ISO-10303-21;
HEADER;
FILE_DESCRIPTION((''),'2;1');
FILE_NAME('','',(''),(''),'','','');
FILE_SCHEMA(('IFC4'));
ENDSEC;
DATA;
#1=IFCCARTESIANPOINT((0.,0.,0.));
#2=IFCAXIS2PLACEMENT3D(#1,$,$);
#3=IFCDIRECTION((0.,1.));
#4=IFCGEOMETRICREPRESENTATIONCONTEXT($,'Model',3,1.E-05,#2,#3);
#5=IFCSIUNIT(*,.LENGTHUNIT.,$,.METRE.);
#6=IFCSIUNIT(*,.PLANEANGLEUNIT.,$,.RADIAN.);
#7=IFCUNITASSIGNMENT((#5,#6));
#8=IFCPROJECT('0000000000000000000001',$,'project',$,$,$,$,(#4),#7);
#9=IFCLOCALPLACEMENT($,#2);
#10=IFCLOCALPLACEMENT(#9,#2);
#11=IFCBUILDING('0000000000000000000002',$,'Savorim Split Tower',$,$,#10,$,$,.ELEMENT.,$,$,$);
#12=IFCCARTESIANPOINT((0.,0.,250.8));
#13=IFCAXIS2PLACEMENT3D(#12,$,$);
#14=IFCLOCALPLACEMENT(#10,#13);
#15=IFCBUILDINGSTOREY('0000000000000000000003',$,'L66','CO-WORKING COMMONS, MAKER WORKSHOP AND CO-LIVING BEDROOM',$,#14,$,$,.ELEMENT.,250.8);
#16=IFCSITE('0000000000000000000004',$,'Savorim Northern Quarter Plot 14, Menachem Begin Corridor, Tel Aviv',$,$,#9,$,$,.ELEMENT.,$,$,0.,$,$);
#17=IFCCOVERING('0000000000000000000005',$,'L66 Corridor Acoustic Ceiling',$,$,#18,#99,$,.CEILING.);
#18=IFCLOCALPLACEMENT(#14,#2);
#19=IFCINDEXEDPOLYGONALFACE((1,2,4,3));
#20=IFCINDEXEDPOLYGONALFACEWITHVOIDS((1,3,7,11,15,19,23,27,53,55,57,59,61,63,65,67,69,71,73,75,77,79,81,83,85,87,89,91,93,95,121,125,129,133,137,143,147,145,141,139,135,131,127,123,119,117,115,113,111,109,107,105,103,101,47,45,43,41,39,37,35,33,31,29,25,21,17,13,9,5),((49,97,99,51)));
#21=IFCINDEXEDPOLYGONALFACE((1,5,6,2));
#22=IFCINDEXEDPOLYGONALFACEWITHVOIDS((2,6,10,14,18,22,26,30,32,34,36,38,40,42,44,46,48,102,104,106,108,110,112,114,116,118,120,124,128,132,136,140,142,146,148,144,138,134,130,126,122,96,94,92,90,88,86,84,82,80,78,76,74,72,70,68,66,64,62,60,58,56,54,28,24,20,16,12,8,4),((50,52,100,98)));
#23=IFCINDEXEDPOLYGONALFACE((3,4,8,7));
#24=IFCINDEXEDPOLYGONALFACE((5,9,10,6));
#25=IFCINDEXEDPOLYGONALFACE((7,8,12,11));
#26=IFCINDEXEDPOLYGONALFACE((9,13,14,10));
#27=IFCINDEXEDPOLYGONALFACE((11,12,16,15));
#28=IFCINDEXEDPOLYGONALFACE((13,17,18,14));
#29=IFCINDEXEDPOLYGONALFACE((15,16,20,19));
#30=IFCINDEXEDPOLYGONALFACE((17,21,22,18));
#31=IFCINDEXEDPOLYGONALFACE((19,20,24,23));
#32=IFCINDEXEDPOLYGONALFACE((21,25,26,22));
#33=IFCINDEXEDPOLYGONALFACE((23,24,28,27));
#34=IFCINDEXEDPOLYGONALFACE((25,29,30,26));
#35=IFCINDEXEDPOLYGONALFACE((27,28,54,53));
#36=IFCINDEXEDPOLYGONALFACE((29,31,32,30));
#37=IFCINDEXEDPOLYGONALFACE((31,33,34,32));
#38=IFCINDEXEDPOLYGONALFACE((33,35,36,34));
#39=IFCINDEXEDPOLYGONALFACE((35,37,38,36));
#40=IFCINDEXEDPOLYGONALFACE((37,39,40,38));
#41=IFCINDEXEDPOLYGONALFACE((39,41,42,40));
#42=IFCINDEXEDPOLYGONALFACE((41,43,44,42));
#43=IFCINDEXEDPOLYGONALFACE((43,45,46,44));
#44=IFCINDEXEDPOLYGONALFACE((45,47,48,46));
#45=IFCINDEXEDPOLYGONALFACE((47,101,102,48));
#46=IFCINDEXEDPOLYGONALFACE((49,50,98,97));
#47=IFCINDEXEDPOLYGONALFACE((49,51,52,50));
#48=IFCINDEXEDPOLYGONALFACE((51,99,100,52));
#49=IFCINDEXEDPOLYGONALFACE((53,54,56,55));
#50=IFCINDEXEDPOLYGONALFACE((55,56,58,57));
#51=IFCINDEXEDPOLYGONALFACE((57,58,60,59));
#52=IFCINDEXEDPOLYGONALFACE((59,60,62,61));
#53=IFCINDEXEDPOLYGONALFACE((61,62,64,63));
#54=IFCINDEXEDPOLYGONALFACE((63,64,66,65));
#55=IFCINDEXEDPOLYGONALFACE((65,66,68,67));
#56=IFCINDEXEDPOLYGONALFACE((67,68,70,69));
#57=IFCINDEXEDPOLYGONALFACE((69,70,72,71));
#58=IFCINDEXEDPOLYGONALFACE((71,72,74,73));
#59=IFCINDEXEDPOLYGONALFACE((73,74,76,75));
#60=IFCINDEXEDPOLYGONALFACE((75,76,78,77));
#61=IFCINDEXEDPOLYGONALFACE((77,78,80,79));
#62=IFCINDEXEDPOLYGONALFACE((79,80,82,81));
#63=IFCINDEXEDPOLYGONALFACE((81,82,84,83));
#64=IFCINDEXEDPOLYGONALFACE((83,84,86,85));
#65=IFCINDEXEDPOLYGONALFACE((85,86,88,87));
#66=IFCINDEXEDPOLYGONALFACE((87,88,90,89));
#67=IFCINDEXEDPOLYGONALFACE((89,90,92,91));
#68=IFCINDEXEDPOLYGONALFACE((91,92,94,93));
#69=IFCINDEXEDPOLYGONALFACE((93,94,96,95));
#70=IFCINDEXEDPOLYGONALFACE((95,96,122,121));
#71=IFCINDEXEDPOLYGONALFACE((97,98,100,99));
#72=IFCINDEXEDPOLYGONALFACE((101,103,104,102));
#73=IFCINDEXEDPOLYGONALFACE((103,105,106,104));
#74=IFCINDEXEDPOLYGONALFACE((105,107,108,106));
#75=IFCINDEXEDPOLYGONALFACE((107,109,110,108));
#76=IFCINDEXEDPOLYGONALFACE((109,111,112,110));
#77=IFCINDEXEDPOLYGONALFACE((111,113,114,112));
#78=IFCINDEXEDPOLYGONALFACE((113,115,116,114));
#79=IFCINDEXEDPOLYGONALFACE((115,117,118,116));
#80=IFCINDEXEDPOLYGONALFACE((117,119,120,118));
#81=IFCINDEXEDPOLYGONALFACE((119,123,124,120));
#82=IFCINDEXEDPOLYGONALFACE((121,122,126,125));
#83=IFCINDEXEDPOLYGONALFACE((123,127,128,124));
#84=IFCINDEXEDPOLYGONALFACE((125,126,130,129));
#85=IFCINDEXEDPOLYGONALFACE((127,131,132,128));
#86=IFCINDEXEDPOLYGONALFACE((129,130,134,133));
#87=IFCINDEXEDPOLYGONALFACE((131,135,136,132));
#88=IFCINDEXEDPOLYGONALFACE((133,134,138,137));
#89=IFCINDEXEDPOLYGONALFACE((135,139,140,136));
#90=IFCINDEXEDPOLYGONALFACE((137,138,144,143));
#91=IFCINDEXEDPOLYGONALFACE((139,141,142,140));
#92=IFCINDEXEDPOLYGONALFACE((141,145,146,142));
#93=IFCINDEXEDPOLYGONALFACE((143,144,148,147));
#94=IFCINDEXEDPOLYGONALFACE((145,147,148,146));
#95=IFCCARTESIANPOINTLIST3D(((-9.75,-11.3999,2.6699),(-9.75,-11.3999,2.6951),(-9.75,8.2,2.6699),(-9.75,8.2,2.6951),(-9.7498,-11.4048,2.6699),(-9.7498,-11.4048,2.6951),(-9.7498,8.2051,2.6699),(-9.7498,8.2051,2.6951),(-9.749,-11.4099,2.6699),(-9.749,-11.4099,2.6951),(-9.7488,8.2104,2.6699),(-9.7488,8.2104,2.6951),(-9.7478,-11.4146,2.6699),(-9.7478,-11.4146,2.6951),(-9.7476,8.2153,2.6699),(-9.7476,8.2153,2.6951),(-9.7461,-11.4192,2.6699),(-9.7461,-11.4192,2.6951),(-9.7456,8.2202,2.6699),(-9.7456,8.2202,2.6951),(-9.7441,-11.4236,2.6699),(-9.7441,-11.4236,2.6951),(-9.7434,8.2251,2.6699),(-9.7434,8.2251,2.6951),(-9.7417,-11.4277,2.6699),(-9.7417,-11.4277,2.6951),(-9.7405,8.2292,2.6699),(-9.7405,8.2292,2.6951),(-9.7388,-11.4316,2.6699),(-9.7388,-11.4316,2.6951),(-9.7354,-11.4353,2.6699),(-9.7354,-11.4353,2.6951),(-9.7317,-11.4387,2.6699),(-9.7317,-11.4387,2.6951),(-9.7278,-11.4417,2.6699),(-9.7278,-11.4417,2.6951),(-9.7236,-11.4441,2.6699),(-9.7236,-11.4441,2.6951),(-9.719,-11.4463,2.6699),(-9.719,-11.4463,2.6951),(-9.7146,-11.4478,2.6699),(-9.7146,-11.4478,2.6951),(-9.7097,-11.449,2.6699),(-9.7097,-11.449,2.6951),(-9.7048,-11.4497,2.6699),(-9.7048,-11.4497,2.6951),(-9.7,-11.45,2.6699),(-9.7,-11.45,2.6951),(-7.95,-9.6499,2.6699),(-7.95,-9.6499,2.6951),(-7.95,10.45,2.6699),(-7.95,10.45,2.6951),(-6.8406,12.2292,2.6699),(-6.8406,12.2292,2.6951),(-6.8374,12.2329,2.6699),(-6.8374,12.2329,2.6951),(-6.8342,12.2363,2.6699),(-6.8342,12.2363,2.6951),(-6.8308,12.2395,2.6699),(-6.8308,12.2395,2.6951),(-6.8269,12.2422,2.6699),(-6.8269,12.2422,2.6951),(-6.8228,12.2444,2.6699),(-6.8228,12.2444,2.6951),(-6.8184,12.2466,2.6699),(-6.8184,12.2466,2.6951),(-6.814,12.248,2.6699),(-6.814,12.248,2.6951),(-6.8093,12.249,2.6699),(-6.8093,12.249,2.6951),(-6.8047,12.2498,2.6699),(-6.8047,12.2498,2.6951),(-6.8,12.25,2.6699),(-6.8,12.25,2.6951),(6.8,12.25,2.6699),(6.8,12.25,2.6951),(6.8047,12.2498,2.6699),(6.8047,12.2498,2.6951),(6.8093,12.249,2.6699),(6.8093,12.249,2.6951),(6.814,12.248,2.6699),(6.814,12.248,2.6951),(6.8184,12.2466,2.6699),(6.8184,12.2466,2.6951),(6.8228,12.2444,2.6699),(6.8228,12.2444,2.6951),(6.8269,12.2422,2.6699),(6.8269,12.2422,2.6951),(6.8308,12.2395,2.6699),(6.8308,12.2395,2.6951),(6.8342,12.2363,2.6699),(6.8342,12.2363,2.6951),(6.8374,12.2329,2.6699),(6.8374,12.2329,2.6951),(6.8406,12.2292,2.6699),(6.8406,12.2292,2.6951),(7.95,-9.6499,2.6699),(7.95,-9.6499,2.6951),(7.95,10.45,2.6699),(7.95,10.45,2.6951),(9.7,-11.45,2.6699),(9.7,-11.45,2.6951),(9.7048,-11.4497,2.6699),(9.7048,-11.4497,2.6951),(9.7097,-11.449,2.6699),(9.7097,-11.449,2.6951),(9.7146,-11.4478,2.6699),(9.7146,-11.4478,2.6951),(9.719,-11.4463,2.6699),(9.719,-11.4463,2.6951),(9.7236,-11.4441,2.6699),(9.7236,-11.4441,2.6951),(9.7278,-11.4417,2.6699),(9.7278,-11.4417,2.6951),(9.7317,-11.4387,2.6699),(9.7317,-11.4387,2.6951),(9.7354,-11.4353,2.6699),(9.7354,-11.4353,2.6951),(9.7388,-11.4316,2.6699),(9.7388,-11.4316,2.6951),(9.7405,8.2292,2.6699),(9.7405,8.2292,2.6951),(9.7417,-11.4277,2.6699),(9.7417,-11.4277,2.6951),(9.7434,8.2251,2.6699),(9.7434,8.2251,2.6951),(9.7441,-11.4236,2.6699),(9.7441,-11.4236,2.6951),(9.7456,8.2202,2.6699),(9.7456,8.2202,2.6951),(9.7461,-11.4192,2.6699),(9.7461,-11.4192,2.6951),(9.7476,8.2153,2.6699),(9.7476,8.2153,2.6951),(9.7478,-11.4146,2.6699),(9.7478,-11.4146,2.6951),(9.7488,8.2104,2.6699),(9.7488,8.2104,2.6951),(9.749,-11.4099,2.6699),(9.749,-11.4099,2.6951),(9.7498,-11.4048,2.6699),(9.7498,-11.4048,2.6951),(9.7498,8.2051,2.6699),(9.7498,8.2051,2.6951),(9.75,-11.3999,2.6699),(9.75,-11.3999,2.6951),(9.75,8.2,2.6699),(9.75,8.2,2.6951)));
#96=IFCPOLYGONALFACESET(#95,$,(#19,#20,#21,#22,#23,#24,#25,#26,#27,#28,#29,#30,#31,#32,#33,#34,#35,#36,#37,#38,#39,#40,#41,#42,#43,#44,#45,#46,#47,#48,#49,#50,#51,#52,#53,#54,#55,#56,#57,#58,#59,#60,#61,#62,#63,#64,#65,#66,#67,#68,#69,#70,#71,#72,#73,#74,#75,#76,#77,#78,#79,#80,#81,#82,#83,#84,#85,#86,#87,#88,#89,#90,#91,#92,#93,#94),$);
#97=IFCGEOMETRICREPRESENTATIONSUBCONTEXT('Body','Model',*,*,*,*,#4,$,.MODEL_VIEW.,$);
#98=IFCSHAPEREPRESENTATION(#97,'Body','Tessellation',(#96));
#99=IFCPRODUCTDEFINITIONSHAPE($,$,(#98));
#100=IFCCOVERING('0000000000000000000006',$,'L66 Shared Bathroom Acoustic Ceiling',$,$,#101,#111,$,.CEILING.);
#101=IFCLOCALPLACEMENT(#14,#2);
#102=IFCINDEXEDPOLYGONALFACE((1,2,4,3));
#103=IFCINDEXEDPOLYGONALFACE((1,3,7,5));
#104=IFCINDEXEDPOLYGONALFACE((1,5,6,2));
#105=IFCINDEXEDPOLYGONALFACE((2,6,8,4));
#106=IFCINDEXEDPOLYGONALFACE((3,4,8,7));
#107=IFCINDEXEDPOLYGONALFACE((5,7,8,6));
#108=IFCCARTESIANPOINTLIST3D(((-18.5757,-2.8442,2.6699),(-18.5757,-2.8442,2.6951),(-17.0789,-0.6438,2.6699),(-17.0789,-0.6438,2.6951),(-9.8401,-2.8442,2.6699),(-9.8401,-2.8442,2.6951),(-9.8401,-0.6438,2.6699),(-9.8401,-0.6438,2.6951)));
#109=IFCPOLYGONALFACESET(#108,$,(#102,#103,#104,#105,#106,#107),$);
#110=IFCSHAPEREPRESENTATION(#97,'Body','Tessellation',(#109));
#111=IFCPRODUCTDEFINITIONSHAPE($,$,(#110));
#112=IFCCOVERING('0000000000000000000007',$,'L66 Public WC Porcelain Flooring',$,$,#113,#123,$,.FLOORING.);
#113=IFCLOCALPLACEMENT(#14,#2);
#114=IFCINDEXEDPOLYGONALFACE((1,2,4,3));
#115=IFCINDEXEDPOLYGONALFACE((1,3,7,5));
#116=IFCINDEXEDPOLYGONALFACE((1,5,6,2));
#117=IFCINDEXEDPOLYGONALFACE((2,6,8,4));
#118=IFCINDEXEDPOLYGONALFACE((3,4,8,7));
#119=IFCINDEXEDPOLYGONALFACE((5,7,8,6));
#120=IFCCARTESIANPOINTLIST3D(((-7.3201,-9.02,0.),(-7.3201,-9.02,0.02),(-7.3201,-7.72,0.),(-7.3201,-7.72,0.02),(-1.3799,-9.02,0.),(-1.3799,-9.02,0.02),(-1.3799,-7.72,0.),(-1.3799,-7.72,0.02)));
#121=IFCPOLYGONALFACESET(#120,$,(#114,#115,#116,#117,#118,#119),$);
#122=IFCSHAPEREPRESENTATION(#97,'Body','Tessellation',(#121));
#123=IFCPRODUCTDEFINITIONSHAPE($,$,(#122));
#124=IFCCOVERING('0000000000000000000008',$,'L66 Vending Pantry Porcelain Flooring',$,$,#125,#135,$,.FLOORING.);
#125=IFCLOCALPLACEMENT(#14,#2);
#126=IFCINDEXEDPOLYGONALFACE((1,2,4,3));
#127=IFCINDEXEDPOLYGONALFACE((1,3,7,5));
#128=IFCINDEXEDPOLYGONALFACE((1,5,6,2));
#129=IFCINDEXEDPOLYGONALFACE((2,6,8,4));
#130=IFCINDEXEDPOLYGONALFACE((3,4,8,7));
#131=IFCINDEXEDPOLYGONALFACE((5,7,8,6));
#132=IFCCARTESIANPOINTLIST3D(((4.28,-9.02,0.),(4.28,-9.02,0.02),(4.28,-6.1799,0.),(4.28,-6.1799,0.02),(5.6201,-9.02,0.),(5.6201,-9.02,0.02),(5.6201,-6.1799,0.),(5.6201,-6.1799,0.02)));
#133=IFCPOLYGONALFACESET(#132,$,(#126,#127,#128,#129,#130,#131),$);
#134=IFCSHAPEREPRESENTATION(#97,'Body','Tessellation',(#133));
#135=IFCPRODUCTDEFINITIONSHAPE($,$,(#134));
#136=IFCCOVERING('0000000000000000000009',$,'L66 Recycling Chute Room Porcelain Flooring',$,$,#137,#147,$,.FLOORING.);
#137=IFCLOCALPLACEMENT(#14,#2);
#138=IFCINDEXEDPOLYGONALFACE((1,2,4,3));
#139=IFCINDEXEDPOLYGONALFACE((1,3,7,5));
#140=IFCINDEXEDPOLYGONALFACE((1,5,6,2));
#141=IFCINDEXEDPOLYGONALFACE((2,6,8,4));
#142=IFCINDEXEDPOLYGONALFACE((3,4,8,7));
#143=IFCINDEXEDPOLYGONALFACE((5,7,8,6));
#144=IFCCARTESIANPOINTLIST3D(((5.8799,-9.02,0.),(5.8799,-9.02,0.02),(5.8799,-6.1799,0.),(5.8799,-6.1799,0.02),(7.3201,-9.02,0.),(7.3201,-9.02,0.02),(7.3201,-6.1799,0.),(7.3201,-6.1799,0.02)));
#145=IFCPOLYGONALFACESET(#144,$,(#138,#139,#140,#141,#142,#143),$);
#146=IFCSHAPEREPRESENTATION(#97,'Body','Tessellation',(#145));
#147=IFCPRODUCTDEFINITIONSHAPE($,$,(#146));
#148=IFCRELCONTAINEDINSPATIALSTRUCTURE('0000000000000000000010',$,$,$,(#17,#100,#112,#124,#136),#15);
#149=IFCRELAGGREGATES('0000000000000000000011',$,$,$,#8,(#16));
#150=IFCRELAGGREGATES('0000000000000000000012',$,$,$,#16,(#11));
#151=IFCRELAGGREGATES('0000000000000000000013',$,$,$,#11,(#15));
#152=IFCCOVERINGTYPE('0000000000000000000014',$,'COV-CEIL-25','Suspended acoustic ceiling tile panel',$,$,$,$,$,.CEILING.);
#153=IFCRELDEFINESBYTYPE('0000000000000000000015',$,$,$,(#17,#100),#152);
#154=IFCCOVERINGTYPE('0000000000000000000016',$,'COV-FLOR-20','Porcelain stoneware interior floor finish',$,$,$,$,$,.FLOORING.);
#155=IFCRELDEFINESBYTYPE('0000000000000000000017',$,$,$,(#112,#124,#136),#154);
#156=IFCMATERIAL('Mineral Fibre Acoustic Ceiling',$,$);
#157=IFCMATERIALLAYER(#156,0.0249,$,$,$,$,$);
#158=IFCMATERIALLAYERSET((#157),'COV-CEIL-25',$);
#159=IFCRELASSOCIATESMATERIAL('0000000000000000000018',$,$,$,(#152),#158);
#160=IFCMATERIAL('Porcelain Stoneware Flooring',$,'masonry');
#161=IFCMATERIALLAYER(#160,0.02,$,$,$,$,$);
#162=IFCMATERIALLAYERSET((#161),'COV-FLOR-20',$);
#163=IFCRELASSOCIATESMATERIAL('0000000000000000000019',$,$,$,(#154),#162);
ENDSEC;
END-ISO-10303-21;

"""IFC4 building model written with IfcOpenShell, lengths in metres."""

from ifc_helpers import new_model, si_unit, direction, frame, origin, place, context, subcontext, project, spatial, polyline, outline, extrude, material, layer, layer_set, type_object, element, save


model = new_model("IFC4")

# Units and contexts
model_context = context("Model", 3, precision=1e-05, world=origin(), true_north=direction((0.0, 1.0)))
body_context = subcontext(model_context, "Body", "Model", "MODEL_VIEW")
ifc_project = project(units=[si_unit("LENGTHUNIT", "METRE"), si_unit("PLANEANGLEUNIT", "RADIAN")], contexts=[model_context])

# Site, building, storey
site_placement = place(None, origin())
site = spatial("IfcSite", under=ifc_project, at=site_placement, Name="Savorim Northern Quarter Plot 14, Menachem Begin Corridor, Tel Aviv", CompositionType="ELEMENT", RefElevation=0.0)
building_placement = place(site_placement, origin())
building = spatial("IfcBuilding", under=site, at=building_placement, Name="Savorim Split Tower", CompositionType="ELEMENT")
storey_placement = place(building_placement, frame((0.0, 0.0, 250.8)))
storey = spatial("IfcBuildingStorey", under=building, at=storey_placement, Name="L66", Description="CO-WORKING COMMONS, MAKER WORKSHOP AND CO-LIVING BEDROOM", CompositionType="ELEMENT", Elevation=250.8)

# Coverings
ifc_material_1 = material(Name="Mineral Fibre Acoustic Ceiling")
ifc_layer_1 = layer(ifc_material_1, 0.0249)
ifc_layer_set_1 = layer_set([ifc_layer_1], Name="COV-CEIL-25")
covering_type_1 = type_object("IfcCoveringType", Name="COV-CEIL-25", Description="Suspended acoustic ceiling tile panel", PredefinedType="CEILING", material=ifc_layer_set_1)
covering_1_placement = place(storey_placement, frame((0.0, 0.0, 2.6699)))
element("IfcCovering", 1, at=covering_1_placement, inside=storey, type_object=covering_type_1, Name="L66 Corridor Acoustic Ceiling", PredefinedType="CEILING", context=body_context, shape_type="SweptSolid", body=[
    extrude(outline(polyline([(6.8093, 12.249), (6.8047, 12.2498), (6.8, 12.25), (-6.8, 12.25), (-6.8047, 12.2498), (-6.8093, 12.249), (-6.814, 12.248), (-6.8184, 12.2466), (-6.8228, 12.2444), (-6.8269, 12.2422), (-6.8308, 12.2395), (-6.8342, 12.2363), (-6.8374, 12.2329), (-6.8406, 12.2292), (-9.7405, 8.2292), (-9.7434, 8.2251), (-9.7456, 8.2202), (-9.7476, 8.2153), (-9.7488, 8.2104), (-9.7498, 8.2051), (-9.75, 8.2), (-9.75, -11.3999), (-9.7498, -11.4048), (-9.749, -11.4099), (-9.7478, -11.4146), (-9.7461, -11.4192), (-9.7441, -11.4236), (-9.7417, -11.4277), (-9.7388, -11.4316), (-9.7354, -11.4353), (-9.7317, -11.4387), (-9.7278, -11.4417), (-9.7236, -11.4441), (-9.719, -11.4463), (-9.7146, -11.4478), (-9.7097, -11.449), (-9.7048, -11.4497), (-9.7, -11.45), (9.7, -11.45), (9.7048, -11.4497), (9.7097, -11.449), (9.7146, -11.4478), (9.719, -11.4463), (9.7236, -11.4441), (9.7278, -11.4417), (9.7317, -11.4387), (9.7354, -11.4353), (9.7388, -11.4316), (9.7417, -11.4277), (9.7441, -11.4236), (9.7461, -11.4192), (9.7478, -11.4146), (9.749, -11.4099), (9.7498, -11.4048), (9.75, -11.3999), (9.75, 8.2), (9.7498, 8.2051), (9.7488, 8.2104), (9.7476, 8.2153), (9.7456, 8.2202), (9.7434, 8.2251), (9.7405, 8.2292), (6.8406, 12.2292), (6.8374, 12.2329), (6.8342, 12.2363), (6.8308, 12.2395), (6.8269, 12.2422), (6.8228, 12.2444), (6.8184, 12.2466), (6.814, 12.248), (6.8093, 12.249)]), holes=[polyline([(-7.95, 10.45), (-7.95, -9.6499), (7.95, -9.6499), (7.95, 10.45), (-7.95, 10.45)])]), origin(), (0.0, 0.0, 1.0), 0.0251),
])
covering_2_placement = place(storey_placement, frame((0.0, 0.0, 2.6699)))
element("IfcCovering", 2, at=covering_2_placement, inside=storey, type_object=covering_type_1, Name="L66 Shared Bathroom Acoustic Ceiling", PredefinedType="CEILING", context=body_context, shape_type="SweptSolid", body=[
    extrude(outline(polyline([(-17.0789, -0.6438), (-18.5757, -2.8442), (-9.8401, -2.8442), (-9.8401, -0.6438), (-17.0789, -0.6438)])), origin(), (0.0, 0.0, 1.0), 0.0251),
])
ifc_material_2 = material(Name="Porcelain Stoneware Flooring", Category="masonry")
ifc_layer_2 = layer(ifc_material_2, 0.02)
ifc_layer_set_2 = layer_set([ifc_layer_2], Name="COV-FLOR-20")
covering_type_2 = type_object("IfcCoveringType", Name="COV-FLOR-20", Description="Porcelain stoneware interior floor finish", PredefinedType="FLOORING", material=ifc_layer_set_2)
covering_3_placement = place(storey_placement, origin())
element("IfcCovering", 3, at=covering_3_placement, inside=storey, type_object=covering_type_2, Name="L66 Public WC Porcelain Flooring", PredefinedType="FLOORING", context=body_context, shape_type="SweptSolid", body=[
    extrude(outline(polyline([(-7.3201, -7.72), (-7.3201, -9.02), (-1.3799, -9.02), (-1.3799, -7.72), (-7.3201, -7.72)])), origin(), (0.0, 0.0, 1.0), 0.02),
])
covering_4_placement = place(storey_placement, origin())
element("IfcCovering", 4, at=covering_4_placement, inside=storey, type_object=covering_type_2, Name="L66 Vending Pantry Porcelain Flooring", PredefinedType="FLOORING", context=body_context, shape_type="SweptSolid", body=[
    extrude(outline(polyline([(4.28, -6.1799), (4.28, -9.02), (5.6201, -9.02), (5.6201, -6.1799), (4.28, -6.1799)])), origin(), (0.0, 0.0, 1.0), 0.02),
])
covering_5_placement = place(storey_placement, origin())
element("IfcCovering", 5, at=covering_5_placement, inside=storey, type_object=covering_type_2, Name="L66 Recycling Chute Room Porcelain Flooring", PredefinedType="FLOORING", context=body_context, shape_type="SweptSolid", body=[
    extrude(outline(polyline([(5.8799, -6.1799), (5.8799, -9.02), (7.3201, -9.02), (7.3201, -6.1799), (5.8799, -6.1799)])), origin(), (0.0, 0.0, 1.0), 0.02),
])

save(model, "model.ifc")
